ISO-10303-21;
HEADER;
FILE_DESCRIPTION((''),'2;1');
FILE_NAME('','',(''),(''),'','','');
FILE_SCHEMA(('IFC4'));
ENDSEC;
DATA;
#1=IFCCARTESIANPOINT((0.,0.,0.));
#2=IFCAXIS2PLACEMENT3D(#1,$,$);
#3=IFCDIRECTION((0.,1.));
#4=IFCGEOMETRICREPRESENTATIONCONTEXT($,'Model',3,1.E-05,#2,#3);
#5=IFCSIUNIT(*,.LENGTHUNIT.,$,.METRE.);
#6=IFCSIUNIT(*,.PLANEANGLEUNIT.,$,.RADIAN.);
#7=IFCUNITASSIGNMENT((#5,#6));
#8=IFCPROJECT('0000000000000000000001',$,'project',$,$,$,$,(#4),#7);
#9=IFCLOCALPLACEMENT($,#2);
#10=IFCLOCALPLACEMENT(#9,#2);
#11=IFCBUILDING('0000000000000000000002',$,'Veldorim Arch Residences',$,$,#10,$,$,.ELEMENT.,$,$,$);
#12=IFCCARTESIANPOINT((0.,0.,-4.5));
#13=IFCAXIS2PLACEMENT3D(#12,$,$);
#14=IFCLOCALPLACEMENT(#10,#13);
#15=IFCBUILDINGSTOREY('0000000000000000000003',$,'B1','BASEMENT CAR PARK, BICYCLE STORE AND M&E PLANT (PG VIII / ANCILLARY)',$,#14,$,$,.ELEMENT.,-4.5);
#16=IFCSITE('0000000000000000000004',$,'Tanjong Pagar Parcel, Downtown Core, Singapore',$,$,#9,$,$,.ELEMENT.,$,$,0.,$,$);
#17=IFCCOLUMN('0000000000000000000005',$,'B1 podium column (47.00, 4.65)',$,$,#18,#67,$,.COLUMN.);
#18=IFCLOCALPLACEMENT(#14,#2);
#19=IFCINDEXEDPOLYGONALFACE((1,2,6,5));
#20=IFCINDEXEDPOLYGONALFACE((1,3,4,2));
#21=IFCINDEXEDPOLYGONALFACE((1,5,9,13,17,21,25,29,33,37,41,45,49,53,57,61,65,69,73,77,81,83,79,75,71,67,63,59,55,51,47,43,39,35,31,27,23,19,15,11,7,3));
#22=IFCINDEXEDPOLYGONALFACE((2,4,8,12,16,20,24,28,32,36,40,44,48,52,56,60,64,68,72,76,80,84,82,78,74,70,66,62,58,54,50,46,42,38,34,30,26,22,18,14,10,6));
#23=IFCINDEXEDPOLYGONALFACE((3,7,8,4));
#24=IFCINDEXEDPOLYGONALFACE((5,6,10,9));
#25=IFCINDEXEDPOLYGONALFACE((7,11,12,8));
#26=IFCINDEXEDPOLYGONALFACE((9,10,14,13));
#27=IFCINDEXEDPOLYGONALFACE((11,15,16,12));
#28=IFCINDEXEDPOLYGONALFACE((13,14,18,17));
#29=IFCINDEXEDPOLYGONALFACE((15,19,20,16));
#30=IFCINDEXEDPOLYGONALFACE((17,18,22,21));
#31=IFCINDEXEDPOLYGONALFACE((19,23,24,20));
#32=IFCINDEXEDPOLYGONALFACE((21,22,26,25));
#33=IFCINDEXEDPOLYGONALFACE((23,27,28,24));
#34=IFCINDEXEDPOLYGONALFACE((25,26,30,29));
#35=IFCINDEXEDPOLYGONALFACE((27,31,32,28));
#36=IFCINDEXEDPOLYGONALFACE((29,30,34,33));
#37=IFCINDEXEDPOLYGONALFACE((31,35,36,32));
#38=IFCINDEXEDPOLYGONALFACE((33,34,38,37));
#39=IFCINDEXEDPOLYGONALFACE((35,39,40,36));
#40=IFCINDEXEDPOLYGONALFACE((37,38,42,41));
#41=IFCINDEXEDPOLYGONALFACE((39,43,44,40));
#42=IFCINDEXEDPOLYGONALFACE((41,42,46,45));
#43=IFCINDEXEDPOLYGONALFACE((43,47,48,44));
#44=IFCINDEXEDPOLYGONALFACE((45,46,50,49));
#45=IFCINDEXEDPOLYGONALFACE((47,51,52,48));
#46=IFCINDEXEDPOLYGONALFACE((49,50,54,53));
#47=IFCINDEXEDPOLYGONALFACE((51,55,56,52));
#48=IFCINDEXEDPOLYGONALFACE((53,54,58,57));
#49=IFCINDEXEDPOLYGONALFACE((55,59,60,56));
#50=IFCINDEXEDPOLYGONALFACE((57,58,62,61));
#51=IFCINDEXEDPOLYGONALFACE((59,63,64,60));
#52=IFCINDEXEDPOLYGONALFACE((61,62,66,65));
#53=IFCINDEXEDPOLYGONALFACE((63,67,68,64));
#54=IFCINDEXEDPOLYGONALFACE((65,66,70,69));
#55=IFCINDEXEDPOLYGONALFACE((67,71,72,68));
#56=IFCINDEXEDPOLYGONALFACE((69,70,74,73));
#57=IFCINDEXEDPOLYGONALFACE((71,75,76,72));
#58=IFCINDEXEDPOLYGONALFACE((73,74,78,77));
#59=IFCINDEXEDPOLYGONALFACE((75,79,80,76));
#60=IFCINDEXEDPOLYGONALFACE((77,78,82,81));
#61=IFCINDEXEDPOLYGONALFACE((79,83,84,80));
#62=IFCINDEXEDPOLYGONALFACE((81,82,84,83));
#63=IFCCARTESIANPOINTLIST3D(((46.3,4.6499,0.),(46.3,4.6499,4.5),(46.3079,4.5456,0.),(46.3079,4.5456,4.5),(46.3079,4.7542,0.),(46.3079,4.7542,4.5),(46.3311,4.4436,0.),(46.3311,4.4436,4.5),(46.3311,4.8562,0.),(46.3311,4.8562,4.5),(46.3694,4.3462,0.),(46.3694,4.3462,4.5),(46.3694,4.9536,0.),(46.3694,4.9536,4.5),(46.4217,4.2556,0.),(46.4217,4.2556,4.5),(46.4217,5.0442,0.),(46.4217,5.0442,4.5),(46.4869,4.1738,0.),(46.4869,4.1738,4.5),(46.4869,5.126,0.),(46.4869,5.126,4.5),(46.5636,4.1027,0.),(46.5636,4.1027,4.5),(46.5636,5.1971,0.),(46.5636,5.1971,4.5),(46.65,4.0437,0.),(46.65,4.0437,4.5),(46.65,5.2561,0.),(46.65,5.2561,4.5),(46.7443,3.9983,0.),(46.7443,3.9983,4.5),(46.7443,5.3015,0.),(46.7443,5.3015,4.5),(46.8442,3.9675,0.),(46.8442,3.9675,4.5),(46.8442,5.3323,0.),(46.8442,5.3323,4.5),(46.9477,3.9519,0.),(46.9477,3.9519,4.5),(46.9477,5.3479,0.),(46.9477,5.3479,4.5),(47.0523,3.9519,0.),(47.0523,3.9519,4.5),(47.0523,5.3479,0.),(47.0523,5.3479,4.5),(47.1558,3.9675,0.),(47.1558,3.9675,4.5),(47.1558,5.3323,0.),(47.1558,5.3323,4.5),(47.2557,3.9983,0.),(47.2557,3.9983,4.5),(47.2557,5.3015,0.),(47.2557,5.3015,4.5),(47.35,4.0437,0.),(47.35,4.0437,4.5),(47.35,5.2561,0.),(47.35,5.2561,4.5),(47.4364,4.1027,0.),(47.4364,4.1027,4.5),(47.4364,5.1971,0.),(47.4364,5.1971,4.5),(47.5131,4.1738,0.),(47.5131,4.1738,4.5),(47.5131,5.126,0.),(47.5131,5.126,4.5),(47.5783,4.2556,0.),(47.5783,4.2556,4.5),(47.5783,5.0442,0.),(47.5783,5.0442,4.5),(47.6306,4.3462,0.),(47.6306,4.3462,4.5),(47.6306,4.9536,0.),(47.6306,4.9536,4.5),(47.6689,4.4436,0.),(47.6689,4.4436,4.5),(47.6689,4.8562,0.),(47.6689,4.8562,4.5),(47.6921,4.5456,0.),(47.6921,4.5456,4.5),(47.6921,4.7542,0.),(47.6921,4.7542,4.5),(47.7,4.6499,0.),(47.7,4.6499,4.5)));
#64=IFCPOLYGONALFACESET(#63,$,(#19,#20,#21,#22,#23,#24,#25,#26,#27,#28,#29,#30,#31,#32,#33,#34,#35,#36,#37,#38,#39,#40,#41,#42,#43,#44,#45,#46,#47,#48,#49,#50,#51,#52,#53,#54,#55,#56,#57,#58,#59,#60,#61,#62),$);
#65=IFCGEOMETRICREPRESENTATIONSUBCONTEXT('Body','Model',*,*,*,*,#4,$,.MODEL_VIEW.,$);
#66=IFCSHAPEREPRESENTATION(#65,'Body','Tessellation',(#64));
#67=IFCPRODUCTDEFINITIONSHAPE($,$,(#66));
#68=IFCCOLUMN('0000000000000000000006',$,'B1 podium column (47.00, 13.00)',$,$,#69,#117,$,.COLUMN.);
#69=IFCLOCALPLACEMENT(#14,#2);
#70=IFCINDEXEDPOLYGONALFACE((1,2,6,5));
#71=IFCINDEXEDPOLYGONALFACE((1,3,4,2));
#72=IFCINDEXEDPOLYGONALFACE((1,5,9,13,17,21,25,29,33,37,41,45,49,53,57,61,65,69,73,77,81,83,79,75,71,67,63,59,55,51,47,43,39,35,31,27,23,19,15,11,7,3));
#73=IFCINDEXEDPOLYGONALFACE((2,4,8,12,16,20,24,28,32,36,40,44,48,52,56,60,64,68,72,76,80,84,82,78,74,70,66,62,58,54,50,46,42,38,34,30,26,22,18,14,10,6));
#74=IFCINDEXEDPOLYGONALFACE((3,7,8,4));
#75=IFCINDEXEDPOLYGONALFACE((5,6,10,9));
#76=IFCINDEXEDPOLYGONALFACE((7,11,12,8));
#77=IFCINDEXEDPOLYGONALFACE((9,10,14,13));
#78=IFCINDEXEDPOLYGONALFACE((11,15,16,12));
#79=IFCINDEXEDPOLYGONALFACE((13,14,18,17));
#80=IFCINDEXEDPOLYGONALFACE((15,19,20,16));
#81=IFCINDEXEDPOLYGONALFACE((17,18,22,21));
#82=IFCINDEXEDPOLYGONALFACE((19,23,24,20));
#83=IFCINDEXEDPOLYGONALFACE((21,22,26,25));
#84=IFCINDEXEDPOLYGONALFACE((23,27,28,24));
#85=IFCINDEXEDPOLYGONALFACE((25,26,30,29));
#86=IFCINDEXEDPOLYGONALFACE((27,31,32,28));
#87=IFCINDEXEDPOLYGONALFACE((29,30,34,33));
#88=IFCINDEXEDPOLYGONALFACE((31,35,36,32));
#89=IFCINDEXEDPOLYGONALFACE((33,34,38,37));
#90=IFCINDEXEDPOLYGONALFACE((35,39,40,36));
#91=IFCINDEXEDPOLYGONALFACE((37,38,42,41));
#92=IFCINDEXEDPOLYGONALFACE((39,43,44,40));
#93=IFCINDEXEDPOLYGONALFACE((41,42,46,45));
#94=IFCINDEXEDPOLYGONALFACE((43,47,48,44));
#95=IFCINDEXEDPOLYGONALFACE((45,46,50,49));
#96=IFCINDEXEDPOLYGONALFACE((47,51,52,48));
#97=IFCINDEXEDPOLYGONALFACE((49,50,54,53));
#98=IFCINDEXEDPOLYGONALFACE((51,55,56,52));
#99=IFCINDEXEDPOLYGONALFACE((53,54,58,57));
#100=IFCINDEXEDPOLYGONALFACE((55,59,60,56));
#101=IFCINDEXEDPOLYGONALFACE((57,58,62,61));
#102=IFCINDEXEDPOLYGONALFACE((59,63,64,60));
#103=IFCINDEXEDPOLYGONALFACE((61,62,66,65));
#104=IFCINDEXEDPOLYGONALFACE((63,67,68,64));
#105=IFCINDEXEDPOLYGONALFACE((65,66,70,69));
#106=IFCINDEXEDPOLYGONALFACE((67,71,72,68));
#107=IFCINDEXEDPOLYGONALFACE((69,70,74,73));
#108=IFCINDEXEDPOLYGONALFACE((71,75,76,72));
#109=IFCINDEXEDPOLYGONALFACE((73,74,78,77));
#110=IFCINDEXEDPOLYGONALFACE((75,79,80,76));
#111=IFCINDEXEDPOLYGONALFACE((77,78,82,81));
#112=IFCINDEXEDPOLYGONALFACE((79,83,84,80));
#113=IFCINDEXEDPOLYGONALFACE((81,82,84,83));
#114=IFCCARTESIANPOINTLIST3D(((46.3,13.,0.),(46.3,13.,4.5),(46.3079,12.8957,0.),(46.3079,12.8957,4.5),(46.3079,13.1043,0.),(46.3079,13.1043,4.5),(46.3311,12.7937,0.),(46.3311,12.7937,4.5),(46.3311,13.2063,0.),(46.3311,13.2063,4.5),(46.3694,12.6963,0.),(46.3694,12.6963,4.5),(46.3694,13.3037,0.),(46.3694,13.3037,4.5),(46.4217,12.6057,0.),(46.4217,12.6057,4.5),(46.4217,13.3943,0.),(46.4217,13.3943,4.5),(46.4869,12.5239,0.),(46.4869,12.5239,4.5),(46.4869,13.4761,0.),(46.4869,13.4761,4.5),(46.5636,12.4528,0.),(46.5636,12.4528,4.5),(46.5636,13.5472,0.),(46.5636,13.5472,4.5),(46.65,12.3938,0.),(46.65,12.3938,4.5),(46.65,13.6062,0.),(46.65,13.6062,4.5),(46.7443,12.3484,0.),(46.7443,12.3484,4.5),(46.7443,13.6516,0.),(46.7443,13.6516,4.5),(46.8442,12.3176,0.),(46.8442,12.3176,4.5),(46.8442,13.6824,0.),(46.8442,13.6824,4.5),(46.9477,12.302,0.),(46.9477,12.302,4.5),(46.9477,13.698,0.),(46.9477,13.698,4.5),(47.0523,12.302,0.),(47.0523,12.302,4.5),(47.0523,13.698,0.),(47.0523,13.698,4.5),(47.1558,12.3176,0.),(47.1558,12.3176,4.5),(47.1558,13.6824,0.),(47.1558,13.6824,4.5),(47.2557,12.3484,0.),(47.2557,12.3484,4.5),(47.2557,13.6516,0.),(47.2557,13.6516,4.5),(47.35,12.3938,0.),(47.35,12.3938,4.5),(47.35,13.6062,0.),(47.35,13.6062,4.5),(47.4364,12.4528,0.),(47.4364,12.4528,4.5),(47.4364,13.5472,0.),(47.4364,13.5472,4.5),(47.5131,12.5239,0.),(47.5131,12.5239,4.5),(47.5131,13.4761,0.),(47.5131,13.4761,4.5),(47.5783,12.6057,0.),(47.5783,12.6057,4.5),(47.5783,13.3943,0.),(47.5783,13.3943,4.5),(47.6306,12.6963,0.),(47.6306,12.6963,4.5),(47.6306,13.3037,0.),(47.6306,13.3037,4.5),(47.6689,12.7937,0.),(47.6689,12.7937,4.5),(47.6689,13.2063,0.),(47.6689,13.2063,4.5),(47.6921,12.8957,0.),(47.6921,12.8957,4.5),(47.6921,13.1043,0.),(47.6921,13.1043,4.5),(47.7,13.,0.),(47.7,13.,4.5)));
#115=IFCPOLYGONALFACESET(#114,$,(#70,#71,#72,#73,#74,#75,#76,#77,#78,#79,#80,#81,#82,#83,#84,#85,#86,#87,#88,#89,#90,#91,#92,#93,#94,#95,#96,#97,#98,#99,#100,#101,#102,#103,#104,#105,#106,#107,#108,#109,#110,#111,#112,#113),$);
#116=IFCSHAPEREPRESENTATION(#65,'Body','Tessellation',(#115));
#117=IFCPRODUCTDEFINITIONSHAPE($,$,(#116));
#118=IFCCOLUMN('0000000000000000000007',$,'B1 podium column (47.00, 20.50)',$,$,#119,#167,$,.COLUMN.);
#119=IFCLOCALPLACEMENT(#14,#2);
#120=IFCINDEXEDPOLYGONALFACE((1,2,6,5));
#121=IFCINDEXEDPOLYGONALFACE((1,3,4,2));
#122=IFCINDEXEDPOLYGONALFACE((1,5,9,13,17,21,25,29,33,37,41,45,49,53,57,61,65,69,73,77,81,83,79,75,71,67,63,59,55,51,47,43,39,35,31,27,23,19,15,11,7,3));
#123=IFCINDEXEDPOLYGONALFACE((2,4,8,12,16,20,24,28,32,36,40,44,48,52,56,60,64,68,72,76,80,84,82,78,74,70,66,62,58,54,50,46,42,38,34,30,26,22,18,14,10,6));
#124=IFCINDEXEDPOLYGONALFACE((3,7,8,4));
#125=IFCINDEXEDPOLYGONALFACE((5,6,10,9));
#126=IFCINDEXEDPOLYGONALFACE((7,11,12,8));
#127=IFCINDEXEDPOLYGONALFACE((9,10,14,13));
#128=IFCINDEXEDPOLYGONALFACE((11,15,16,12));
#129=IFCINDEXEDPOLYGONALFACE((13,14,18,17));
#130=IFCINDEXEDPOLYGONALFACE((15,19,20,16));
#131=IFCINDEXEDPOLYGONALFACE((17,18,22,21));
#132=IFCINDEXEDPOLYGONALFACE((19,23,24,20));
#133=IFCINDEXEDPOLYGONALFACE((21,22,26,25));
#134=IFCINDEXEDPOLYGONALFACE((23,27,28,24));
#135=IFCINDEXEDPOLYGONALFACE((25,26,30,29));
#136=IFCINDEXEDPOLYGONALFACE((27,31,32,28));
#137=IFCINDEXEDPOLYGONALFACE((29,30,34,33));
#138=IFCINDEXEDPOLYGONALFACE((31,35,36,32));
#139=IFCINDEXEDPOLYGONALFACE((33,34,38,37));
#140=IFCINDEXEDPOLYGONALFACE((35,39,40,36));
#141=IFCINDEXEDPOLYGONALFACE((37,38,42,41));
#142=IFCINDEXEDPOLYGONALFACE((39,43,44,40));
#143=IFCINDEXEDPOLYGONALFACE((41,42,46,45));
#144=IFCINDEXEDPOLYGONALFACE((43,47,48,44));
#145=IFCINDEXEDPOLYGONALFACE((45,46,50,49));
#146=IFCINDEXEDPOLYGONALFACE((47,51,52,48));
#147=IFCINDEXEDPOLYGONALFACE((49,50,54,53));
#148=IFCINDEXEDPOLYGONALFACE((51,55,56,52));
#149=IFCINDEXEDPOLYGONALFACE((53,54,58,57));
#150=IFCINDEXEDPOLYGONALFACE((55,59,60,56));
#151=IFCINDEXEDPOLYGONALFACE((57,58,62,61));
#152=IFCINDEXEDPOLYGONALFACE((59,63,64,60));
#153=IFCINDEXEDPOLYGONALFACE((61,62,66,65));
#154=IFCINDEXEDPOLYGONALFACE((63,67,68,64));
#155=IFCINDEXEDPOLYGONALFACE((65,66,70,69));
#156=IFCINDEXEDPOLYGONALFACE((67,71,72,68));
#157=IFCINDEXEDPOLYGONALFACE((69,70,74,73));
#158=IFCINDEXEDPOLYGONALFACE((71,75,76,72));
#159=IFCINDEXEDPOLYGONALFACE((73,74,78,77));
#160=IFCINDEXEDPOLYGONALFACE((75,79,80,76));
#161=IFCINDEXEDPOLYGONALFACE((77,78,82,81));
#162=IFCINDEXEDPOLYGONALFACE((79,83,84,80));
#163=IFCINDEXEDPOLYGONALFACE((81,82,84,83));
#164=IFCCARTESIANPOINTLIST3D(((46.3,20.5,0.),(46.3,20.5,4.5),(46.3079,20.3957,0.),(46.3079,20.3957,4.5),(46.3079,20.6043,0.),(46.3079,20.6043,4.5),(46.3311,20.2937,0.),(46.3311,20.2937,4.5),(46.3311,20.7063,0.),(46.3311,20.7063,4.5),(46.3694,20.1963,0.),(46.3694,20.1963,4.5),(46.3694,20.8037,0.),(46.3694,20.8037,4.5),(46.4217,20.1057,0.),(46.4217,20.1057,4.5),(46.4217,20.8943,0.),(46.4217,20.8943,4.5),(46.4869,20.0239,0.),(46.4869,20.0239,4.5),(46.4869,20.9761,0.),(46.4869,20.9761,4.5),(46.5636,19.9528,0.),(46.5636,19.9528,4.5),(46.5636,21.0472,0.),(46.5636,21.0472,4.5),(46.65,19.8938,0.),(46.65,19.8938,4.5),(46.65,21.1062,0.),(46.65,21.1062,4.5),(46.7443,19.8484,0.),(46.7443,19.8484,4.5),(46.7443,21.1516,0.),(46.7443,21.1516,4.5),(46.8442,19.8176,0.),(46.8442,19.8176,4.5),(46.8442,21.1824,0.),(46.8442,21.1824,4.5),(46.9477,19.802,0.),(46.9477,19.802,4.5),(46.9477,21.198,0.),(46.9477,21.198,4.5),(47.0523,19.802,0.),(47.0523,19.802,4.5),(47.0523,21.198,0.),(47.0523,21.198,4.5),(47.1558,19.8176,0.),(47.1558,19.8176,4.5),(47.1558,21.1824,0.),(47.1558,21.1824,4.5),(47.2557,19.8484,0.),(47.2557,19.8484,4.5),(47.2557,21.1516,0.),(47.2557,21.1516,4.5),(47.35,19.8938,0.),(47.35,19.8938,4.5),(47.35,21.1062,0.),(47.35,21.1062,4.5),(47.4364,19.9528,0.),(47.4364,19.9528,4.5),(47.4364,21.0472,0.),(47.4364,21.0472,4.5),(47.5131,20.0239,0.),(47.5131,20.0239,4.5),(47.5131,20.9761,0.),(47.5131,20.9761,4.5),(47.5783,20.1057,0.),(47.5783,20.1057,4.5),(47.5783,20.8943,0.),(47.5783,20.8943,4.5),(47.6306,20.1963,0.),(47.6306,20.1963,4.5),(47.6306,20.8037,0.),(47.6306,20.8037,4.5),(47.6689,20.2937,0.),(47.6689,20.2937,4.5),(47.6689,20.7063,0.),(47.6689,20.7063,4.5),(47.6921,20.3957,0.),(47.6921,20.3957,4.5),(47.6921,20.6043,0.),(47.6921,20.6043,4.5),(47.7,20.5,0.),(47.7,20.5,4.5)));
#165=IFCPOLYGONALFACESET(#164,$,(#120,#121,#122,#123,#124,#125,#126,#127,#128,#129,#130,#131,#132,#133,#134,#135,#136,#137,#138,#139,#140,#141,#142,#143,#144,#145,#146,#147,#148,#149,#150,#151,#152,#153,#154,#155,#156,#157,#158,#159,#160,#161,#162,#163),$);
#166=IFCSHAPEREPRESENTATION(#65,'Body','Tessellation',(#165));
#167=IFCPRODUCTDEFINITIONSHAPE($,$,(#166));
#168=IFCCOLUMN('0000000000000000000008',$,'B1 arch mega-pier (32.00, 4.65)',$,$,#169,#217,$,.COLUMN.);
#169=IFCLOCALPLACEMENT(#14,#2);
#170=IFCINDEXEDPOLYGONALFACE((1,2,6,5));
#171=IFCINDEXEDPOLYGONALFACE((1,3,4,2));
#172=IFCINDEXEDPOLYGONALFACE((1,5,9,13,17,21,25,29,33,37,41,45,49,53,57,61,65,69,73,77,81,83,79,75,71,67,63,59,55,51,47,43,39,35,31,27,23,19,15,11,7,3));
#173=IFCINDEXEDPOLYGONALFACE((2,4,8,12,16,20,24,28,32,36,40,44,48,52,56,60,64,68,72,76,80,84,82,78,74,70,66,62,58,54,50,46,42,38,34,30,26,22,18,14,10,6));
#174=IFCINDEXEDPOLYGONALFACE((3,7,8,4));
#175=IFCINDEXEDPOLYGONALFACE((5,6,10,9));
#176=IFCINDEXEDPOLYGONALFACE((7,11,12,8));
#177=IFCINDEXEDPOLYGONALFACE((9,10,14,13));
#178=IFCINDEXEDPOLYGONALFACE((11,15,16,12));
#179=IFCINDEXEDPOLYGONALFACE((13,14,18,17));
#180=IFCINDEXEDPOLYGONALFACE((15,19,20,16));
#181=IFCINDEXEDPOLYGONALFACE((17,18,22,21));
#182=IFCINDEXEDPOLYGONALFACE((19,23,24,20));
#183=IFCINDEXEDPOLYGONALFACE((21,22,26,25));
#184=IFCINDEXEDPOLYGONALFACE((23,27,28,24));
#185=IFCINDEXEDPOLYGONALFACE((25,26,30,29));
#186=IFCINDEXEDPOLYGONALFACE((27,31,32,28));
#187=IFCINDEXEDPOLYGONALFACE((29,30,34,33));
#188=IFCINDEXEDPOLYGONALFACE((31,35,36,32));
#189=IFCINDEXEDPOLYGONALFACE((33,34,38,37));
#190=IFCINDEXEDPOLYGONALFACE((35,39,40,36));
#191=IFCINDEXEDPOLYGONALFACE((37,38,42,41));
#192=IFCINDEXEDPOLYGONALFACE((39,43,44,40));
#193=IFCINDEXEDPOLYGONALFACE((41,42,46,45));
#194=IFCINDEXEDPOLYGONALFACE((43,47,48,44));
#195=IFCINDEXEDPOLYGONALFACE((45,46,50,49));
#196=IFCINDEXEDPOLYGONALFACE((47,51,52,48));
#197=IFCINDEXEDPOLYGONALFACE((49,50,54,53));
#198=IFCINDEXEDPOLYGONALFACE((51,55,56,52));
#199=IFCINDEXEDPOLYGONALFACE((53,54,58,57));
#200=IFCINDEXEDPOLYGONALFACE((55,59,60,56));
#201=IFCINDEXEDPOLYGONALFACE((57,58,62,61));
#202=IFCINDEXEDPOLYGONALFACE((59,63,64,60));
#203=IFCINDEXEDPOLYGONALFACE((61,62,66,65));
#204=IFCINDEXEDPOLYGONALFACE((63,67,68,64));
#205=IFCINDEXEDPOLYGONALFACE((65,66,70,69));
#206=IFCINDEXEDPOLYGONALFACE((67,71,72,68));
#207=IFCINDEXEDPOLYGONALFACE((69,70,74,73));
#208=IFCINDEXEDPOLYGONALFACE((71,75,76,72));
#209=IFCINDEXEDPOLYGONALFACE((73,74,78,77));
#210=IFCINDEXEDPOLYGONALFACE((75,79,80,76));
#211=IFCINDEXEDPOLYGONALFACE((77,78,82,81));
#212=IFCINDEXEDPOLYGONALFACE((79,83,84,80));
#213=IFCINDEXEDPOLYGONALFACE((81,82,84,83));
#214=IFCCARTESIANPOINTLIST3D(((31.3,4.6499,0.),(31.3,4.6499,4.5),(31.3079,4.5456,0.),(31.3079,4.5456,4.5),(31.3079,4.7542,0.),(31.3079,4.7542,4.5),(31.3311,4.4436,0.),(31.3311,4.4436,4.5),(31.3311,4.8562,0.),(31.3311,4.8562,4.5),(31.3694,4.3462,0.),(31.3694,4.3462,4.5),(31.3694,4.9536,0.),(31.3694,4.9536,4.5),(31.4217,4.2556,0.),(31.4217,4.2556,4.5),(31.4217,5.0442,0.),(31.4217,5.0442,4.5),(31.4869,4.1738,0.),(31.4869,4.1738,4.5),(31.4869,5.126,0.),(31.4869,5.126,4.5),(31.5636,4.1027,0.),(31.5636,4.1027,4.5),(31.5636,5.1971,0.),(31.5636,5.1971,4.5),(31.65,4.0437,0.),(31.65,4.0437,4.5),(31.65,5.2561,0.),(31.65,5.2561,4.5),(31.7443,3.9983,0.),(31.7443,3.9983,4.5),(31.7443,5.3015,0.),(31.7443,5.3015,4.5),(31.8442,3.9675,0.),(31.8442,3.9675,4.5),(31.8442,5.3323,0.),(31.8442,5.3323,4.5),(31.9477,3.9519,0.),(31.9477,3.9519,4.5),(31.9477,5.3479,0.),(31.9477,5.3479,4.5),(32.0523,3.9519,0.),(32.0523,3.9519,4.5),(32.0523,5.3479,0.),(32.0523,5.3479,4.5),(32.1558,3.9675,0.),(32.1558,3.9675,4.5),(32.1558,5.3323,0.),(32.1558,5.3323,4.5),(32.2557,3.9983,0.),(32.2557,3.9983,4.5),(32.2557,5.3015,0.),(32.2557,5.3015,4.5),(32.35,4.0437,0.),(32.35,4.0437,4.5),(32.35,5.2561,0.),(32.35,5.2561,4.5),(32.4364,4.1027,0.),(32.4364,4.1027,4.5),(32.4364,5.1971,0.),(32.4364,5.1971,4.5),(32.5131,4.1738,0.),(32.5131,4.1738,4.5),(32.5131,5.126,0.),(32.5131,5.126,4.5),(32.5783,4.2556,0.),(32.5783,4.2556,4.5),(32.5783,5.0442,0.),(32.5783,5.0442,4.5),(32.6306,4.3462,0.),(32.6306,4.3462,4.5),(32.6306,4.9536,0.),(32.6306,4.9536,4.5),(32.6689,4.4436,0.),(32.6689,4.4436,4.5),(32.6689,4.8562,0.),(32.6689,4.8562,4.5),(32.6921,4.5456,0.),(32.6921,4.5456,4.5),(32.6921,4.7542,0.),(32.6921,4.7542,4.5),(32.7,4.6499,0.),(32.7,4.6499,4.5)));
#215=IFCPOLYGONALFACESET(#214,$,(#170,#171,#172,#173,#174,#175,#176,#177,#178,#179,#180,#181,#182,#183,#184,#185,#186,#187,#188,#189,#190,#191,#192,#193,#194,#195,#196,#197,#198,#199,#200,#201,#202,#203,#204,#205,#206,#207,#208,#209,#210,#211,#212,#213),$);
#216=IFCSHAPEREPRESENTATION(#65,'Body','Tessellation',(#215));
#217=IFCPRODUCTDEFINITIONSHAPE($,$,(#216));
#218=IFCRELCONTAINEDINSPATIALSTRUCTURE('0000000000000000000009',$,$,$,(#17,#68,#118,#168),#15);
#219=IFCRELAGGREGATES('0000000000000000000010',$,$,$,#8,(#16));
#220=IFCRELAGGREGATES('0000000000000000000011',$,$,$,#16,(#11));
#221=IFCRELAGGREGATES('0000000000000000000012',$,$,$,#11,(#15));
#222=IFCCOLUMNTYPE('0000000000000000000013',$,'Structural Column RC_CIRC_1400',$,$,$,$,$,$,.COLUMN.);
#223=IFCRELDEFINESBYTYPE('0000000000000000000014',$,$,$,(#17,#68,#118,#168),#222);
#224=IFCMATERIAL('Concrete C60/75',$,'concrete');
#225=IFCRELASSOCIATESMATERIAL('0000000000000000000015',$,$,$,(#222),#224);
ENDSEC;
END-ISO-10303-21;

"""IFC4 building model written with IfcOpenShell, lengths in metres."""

from ifc_helpers import new_model, si_unit, direction, frame, origin, origin_2d, place, context, subcontext, project, spatial, circle, extrude, material, material_profile, profile_set, type_object, element, save


model = new_model("IFC4")

# Units and contexts
model_context = context("Model", 3, precision=1e-05, world=origin(), true_north=direction((0.0, 1.0)))
body_context = subcontext(model_context, "Body", "Model", "MODEL_VIEW")
ifc_project = project(units=[si_unit("LENGTHUNIT", "METRE"), si_unit("PLANEANGLEUNIT", "RADIAN")], contexts=[model_context])

# Site, building, storey
site_placement = place(None, origin())
site = spatial("IfcSite", under=ifc_project, at=site_placement, Name="Tanjong Pagar Parcel, Downtown Core, Singapore", CompositionType="ELEMENT", RefElevation=0.0)
building_placement = place(site_placement, origin())
building = spatial("IfcBuilding", under=site, at=building_placement, Name="Veldorim Arch Residences", CompositionType="ELEMENT")
storey_placement = place(building_placement, frame((0.0, 0.0, -4.5)))
storey = spatial("IfcBuildingStorey", under=building, at=storey_placement, Name="B1", Description="BASEMENT CAR PARK, BICYCLE STORE AND M&E PLANT (PG VIII / ANCILLARY)", CompositionType="ELEMENT", Elevation=-4.5)

# Columns
ifc_material_1 = material(Name="Concrete C60/75", Category="concrete")
ifc_material_profile_1 = material_profile(ifc_material_1, circle(Radius=0.7, at=origin_2d()), Name="RC_CIRC_1400")
ifc_profile_set_1 = profile_set([ifc_material_profile_1], Name="Concrete C60/75")
column_type_1 = type_object("IfcColumnType", Name="Structural Column RC_CIRC_1400", PredefinedType="COLUMN", material=ifc_profile_set_1)
for number, where, z_axis, x_axis, name in (
    (1, (47.0, 4.6499, 0.0), (0.0, 0.0, 1.0), (1.0, 0.0, 0.0), "B1 podium column (47.00, 4.65)"),
    (2, (47.0, 13.0, 0.0), (0.0, 0.0, 1.0), (1.0, 0.0, 0.0), "B1 podium column (47.00, 13.00)"),
    (3, (47.0, 20.5, 0.0), (0.0, 0.0, 1.0), (1.0, 0.0, 0.0), "B1 podium column (47.00, 20.50)"),
    (4, (32.0, 4.6499, 0.0), (0.0, 0.0, 1.0), (1.0, 0.0, 0.0), "B1 arch mega-pier (32.00, 4.65)"),
):
    element("IfcColumn", number, at=place(storey_placement, frame(where, z_axis=z_axis, x_axis=x_axis)), inside=storey, type_object=column_type_1, Name=name, PredefinedType="COLUMN", context=body_context, shape_type="SweptSolid", body=[
        extrude(circle(Radius=0.7, at=origin_2d()), origin(), (0.0, 0.0, 1.0), 4.5),
    ])

save(model, "model.ifc")
